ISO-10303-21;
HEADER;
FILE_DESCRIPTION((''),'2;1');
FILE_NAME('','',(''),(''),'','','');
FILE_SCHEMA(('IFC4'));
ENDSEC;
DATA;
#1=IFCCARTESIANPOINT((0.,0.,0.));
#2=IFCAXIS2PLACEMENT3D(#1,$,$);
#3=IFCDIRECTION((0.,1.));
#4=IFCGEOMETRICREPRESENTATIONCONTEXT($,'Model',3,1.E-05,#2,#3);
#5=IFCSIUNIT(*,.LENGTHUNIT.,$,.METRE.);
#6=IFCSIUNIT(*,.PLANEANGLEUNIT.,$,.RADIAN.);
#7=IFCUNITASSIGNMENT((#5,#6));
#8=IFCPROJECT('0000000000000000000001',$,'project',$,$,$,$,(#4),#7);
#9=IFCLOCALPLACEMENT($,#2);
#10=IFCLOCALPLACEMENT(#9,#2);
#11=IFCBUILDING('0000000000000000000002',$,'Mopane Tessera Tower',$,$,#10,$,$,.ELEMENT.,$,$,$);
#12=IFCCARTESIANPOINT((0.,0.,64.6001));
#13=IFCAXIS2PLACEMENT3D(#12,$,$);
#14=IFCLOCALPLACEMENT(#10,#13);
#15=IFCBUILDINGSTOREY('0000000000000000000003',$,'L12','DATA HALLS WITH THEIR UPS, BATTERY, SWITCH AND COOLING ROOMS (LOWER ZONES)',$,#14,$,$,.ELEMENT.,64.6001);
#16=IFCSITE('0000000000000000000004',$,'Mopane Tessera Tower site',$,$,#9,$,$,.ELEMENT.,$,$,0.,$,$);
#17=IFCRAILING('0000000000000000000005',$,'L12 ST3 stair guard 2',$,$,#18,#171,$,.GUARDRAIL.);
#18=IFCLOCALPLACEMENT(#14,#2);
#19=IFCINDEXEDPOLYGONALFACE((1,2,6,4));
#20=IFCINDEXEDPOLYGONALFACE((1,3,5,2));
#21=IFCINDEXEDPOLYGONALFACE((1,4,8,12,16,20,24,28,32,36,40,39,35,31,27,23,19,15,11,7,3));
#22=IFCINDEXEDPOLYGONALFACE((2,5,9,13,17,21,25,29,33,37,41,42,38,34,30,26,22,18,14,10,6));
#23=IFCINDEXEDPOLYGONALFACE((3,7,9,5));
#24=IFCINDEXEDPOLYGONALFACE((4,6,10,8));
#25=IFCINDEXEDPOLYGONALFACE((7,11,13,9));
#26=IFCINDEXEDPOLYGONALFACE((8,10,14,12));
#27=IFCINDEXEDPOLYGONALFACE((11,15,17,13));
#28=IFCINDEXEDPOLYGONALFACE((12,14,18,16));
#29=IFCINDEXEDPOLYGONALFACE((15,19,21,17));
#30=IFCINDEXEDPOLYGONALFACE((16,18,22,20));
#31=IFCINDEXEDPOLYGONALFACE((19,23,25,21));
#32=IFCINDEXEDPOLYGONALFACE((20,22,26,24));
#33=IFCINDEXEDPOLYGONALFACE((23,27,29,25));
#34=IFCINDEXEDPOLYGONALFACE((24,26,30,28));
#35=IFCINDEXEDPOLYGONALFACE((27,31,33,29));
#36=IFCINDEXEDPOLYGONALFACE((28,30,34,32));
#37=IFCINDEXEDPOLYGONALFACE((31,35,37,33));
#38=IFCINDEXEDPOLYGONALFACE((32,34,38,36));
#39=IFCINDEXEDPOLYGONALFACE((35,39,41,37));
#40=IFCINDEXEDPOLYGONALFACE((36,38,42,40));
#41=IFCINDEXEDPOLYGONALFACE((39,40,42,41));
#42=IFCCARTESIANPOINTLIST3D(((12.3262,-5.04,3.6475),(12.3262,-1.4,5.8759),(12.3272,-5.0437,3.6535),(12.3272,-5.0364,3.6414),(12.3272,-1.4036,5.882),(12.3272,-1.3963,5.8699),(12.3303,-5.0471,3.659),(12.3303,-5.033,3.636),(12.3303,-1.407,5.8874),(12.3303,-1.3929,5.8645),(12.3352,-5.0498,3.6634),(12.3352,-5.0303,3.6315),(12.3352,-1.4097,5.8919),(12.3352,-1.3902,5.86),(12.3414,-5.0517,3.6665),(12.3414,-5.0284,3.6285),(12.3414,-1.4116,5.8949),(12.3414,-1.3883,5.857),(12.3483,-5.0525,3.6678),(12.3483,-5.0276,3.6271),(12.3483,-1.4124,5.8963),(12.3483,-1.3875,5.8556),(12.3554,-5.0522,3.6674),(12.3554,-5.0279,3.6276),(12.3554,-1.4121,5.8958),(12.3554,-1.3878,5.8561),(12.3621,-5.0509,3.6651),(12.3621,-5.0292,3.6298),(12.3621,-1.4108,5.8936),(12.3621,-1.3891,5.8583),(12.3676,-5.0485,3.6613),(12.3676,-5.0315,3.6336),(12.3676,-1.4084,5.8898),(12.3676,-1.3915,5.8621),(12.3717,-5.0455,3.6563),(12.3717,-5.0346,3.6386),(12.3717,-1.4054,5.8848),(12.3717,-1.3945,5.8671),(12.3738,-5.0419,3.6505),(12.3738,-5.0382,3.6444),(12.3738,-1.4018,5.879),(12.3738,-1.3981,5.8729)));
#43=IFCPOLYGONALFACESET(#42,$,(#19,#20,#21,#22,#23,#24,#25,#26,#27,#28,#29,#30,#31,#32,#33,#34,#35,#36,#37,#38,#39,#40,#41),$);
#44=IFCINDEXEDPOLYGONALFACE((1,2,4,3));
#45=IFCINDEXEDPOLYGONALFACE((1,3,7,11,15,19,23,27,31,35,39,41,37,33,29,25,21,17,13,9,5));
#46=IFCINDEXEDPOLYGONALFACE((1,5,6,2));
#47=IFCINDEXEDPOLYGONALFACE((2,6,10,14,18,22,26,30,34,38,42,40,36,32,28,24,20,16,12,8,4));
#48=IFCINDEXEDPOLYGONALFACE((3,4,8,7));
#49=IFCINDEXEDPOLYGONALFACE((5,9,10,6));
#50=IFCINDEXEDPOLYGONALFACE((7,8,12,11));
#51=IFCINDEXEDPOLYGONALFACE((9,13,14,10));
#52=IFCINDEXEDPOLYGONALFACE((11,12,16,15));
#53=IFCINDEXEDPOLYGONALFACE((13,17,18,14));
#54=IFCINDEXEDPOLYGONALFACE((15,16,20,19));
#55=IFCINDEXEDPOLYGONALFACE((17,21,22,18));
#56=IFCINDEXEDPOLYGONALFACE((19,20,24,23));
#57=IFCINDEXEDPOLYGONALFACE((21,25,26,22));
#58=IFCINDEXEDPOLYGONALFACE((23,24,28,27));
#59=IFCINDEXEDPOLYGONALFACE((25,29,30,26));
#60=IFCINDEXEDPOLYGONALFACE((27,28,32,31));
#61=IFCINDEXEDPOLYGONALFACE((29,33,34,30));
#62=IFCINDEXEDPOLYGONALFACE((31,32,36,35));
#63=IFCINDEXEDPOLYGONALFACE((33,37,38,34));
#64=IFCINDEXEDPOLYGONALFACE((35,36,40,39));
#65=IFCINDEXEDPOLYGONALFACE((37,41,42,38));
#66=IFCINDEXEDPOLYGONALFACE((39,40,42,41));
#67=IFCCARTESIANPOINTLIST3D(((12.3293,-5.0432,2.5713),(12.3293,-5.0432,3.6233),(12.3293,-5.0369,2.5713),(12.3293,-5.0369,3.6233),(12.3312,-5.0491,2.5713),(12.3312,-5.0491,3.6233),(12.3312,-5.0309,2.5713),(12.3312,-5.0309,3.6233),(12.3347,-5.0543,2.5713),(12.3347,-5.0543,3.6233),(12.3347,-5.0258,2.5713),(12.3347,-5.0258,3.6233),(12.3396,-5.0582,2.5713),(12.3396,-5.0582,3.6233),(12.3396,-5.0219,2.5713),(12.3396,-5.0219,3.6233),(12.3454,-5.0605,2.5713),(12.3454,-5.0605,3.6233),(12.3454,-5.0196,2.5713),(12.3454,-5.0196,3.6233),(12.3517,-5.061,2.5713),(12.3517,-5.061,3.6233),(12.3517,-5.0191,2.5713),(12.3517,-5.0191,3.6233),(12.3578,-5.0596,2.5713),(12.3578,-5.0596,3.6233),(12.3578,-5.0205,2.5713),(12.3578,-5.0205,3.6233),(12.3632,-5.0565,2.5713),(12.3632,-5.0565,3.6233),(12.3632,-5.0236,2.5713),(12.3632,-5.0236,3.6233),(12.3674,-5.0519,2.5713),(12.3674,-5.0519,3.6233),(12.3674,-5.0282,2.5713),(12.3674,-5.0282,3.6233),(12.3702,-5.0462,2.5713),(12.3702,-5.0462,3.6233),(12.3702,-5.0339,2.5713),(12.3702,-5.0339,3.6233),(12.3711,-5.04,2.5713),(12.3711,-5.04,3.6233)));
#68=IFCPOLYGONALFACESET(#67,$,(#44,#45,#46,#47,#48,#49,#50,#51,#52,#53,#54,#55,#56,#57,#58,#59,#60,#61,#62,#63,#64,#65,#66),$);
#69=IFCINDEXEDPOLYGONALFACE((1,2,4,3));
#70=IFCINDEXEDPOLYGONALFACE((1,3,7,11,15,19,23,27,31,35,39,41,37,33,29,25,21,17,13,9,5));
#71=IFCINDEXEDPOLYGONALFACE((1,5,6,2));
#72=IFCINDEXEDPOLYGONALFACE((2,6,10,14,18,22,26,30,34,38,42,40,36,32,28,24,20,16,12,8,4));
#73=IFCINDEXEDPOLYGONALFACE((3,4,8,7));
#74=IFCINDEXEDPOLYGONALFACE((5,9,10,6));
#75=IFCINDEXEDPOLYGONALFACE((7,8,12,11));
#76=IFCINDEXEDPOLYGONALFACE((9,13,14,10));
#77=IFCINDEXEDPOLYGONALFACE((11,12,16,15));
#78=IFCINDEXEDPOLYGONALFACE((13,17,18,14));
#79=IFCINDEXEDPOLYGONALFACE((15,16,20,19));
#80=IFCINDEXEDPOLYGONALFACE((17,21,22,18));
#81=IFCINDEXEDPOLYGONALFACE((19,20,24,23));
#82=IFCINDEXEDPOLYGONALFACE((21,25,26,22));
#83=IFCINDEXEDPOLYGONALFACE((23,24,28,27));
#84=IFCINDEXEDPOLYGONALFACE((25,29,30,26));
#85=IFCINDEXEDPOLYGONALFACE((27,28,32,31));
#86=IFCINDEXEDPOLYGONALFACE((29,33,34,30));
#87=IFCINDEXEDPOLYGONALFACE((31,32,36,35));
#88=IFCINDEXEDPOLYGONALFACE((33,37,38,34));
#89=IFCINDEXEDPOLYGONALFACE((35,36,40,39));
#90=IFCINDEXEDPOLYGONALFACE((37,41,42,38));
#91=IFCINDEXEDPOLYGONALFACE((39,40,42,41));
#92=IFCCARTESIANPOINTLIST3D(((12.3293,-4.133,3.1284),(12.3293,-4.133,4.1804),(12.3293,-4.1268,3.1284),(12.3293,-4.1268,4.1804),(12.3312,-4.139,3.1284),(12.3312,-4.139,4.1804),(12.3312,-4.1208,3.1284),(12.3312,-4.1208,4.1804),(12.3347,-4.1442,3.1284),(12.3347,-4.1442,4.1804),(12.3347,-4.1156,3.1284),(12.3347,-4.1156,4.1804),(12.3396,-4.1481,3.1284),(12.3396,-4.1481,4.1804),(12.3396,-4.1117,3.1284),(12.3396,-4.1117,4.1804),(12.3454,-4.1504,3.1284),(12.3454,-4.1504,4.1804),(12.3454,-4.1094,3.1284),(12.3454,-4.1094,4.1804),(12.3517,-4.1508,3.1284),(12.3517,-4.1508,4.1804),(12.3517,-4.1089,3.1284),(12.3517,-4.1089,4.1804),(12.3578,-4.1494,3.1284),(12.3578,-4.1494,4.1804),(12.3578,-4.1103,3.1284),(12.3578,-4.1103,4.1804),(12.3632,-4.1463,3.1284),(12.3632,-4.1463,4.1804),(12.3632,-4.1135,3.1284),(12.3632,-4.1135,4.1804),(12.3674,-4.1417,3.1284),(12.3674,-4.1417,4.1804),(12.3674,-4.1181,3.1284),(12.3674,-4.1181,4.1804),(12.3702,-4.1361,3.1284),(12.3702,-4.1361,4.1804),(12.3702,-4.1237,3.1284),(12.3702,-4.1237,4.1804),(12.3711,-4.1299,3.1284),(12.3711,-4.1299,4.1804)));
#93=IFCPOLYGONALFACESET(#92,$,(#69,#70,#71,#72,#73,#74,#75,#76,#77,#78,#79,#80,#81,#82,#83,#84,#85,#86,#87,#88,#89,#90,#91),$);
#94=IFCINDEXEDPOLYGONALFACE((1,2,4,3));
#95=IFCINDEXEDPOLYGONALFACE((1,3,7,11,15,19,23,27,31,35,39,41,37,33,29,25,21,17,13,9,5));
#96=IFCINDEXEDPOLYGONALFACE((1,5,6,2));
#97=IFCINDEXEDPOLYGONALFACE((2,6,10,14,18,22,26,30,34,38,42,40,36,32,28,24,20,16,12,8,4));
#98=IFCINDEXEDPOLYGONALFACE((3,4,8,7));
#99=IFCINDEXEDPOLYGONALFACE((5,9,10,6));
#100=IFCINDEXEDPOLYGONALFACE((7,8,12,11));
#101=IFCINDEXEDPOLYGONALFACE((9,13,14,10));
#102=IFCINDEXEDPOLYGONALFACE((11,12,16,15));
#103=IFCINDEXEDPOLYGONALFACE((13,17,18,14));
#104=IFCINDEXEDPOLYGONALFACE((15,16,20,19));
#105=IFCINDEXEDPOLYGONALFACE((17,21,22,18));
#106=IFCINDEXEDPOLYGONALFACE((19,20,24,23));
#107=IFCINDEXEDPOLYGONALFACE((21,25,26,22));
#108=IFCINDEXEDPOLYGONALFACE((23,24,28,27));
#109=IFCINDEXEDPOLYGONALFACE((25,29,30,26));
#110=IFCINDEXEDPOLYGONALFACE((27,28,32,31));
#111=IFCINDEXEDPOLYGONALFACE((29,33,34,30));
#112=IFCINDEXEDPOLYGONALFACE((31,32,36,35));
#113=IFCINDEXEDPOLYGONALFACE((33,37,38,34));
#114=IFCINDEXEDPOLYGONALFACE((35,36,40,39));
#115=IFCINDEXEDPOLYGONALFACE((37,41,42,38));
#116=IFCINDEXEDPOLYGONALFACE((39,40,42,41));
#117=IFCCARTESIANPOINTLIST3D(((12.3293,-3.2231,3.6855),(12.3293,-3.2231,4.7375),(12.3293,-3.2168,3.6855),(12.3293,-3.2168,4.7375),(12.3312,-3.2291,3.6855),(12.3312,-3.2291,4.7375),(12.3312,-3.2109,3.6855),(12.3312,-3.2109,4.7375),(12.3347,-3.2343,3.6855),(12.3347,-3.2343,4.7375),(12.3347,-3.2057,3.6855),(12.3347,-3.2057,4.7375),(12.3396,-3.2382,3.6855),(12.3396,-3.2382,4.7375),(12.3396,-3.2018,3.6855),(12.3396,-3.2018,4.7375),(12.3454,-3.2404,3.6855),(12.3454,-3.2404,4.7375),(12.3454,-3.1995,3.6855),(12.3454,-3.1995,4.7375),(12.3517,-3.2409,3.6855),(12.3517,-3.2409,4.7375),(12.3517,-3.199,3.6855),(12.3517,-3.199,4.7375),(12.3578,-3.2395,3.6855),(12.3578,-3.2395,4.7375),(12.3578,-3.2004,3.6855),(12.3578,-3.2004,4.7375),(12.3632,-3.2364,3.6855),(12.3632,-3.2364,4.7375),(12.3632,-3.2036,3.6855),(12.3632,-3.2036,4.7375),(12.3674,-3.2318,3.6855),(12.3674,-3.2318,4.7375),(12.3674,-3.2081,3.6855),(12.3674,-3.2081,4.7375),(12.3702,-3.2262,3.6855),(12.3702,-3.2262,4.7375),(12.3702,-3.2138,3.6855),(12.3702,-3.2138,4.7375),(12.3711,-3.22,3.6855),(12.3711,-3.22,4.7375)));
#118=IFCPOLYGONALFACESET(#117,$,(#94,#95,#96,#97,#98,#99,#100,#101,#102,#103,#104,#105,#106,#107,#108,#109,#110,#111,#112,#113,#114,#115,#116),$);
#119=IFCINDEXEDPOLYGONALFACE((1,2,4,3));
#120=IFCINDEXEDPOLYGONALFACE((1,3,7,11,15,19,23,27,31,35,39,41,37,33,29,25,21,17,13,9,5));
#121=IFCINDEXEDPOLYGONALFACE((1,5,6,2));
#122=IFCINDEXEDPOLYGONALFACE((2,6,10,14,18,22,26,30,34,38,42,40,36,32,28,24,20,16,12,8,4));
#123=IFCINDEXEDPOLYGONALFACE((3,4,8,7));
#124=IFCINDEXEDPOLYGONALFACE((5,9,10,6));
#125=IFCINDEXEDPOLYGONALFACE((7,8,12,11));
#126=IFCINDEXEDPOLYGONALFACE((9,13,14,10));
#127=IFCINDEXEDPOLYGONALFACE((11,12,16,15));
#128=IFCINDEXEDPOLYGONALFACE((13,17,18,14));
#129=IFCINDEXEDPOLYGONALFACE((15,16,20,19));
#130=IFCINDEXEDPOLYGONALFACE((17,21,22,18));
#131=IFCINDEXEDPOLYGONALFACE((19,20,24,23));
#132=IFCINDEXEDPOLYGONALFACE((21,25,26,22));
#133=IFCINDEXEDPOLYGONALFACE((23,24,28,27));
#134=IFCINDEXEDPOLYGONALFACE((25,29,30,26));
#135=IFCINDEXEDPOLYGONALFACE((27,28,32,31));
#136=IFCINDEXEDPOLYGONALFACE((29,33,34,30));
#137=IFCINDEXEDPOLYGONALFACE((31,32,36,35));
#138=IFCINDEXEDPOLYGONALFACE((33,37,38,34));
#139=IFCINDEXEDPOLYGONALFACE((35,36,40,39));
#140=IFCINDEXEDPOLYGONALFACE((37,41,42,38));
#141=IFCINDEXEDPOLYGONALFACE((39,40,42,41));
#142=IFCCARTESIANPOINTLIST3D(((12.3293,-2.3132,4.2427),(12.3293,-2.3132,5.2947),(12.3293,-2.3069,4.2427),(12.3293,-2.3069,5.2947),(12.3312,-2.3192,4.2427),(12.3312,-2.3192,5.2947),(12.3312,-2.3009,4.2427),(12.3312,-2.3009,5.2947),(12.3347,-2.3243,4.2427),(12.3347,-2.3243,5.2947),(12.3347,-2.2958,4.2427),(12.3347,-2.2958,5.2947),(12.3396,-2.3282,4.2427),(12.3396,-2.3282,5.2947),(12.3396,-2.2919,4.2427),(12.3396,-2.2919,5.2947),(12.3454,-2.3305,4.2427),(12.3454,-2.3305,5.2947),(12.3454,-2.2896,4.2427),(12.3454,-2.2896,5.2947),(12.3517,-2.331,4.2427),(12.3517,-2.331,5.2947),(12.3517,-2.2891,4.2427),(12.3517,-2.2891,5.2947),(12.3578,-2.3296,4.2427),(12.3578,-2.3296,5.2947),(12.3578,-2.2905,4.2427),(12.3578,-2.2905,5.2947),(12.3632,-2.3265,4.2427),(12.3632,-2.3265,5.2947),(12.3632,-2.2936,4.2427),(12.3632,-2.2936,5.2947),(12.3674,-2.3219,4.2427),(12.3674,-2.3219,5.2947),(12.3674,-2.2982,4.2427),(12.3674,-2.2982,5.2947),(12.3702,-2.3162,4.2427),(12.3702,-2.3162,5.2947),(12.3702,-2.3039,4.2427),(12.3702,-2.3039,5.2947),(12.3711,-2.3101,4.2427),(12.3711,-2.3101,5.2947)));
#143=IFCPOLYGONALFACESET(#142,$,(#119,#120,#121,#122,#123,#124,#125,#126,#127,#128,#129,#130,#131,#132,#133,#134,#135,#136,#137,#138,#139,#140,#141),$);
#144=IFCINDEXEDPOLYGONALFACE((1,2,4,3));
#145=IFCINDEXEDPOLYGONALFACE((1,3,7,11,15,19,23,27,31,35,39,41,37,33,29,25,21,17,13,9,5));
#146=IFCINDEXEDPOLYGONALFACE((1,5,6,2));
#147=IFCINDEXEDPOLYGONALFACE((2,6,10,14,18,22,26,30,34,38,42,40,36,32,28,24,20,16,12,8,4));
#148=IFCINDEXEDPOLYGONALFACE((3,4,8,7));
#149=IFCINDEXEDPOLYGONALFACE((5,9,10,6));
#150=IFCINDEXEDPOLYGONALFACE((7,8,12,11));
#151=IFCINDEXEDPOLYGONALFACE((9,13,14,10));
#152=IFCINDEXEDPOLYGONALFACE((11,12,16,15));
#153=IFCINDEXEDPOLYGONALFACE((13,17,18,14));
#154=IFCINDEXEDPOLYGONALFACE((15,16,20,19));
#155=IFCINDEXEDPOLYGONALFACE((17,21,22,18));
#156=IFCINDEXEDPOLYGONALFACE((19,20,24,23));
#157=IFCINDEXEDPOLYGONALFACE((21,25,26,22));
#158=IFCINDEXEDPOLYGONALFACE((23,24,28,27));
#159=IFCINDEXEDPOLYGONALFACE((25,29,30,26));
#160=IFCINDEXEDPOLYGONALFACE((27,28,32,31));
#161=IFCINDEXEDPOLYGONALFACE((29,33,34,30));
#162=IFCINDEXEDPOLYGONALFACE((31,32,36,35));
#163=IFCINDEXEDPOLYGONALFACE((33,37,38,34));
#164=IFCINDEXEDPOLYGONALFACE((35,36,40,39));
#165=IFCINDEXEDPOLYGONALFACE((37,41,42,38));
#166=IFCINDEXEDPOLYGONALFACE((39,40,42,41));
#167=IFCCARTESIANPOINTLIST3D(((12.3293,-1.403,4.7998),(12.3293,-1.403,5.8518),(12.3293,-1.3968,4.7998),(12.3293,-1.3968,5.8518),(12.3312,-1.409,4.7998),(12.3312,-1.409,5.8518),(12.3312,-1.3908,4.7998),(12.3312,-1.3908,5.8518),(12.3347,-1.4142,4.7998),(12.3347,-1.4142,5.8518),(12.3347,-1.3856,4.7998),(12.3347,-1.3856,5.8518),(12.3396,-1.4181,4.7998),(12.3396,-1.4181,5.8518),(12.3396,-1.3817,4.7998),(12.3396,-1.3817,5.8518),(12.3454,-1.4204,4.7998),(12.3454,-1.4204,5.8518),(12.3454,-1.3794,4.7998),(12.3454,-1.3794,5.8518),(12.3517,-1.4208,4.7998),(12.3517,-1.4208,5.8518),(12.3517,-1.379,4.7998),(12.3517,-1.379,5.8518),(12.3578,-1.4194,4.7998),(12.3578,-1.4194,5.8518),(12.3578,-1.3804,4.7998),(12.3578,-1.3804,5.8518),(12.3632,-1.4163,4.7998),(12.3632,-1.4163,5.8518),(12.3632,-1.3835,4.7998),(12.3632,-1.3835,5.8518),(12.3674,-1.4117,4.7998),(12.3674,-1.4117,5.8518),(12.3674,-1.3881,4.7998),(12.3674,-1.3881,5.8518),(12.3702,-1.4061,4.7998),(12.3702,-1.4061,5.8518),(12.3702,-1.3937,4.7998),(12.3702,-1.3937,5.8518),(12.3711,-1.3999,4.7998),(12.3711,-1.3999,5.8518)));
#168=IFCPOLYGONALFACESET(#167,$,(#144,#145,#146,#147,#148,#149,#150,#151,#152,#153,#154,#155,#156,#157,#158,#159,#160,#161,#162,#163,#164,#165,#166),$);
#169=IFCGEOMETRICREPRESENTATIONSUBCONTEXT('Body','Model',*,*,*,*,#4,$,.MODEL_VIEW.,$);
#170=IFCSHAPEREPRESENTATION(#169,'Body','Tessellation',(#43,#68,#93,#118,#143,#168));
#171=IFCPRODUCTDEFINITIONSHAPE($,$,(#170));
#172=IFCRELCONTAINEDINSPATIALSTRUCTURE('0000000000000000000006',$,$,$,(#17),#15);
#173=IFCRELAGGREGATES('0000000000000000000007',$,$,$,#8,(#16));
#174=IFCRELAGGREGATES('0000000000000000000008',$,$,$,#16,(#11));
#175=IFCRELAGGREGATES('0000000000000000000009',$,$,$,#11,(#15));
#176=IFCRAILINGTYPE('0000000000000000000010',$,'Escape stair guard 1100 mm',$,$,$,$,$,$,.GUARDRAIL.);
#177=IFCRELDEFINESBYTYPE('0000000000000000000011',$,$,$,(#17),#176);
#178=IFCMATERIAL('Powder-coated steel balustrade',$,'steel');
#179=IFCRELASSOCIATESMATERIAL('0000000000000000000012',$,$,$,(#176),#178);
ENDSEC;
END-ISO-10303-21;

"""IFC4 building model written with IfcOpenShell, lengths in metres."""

from ifc_helpers import new_model, si_unit, direction, frame, origin, origin_2d, place, context, subcontext, project, spatial, circle, extrude, material, type_object, element, save


model = new_model("IFC4")

# Units and contexts
model_context = context("Model", 3, precision=1e-05, world=origin(), true_north=direction((0.0, 1.0)))
body_context = subcontext(model_context, "Body", "Model", "MODEL_VIEW")
ifc_project = project(units=[si_unit("LENGTHUNIT", "METRE"), si_unit("PLANEANGLEUNIT", "RADIAN")], contexts=[model_context])

# Site, building, storey
site_placement = place(None, origin())
site = spatial("IfcSite", under=ifc_project, at=site_placement, Name="Mopane Tessera Tower site", CompositionType="ELEMENT", RefElevation=0.0)
building_placement = place(site_placement, origin())
building = spatial("IfcBuilding", under=site, at=building_placement, Name="Mopane Tessera Tower", CompositionType="ELEMENT")
storey_placement = place(building_placement, frame((0.0, 0.0, 64.6001)))
storey = spatial("IfcBuildingStorey", under=building, at=storey_placement, Name="L12", Description="DATA HALLS WITH THEIR UPS, BATTERY, SWITCH AND COOLING ROOMS (LOWER ZONES)", CompositionType="ELEMENT", Elevation=64.6001)

# Railing
ifc_material_1 = material(Name="Powder-coated steel balustrade", Category="steel")
railing_type_1 = type_object("IfcRailingType", Name="Escape stair guard 1100 mm", PredefinedType="GUARDRAIL", material=ifc_material_1)
railing_1_placement = place(storey_placement, frame((12.3501, -5.04, 2.5713)))
element("IfcRailing", 1, at=railing_1_placement, inside=storey, type_object=railing_type_1, Name="L12 ST3 stair guard 2", PredefinedType="GUARDRAIL", context=body_context, shape_type="SweptSolid", body=[
    extrude(circle(Radius=0.0239, at=origin_2d()), frame((0.0, 0.0, 1.0762), z_axis=(0.0, 0.852866, 0.52213), x_axis=(-1.0, 0.0, 0.0)), (0.0, 0.0, 1.0), 4.2681),
    extrude(circle(Radius=0.021, at=origin_2d()), origin(), (0.0, 0.0, 1.0), 1.052),
    extrude(circle(Radius=0.021, at=origin_2d()), frame((0.0, 0.9102, 0.5571)), (0.0, 0.0, 1.0), 1.052),
    extrude(circle(Radius=0.021, at=origin_2d()), frame((0.0, 1.8201, 1.1143)), (0.0, 0.0, 1.0), 1.052),
    extrude(circle(Radius=0.021, at=origin_2d()), frame((0.0, 2.73, 1.6714)), (0.0, 0.0, 1.0), 1.052),
    extrude(circle(Radius=0.021, at=origin_2d()), frame((0.0, 3.6401, 2.2285)), (0.0, 0.0, 1.0), 1.052),
])

save(model, "model.ifc")
